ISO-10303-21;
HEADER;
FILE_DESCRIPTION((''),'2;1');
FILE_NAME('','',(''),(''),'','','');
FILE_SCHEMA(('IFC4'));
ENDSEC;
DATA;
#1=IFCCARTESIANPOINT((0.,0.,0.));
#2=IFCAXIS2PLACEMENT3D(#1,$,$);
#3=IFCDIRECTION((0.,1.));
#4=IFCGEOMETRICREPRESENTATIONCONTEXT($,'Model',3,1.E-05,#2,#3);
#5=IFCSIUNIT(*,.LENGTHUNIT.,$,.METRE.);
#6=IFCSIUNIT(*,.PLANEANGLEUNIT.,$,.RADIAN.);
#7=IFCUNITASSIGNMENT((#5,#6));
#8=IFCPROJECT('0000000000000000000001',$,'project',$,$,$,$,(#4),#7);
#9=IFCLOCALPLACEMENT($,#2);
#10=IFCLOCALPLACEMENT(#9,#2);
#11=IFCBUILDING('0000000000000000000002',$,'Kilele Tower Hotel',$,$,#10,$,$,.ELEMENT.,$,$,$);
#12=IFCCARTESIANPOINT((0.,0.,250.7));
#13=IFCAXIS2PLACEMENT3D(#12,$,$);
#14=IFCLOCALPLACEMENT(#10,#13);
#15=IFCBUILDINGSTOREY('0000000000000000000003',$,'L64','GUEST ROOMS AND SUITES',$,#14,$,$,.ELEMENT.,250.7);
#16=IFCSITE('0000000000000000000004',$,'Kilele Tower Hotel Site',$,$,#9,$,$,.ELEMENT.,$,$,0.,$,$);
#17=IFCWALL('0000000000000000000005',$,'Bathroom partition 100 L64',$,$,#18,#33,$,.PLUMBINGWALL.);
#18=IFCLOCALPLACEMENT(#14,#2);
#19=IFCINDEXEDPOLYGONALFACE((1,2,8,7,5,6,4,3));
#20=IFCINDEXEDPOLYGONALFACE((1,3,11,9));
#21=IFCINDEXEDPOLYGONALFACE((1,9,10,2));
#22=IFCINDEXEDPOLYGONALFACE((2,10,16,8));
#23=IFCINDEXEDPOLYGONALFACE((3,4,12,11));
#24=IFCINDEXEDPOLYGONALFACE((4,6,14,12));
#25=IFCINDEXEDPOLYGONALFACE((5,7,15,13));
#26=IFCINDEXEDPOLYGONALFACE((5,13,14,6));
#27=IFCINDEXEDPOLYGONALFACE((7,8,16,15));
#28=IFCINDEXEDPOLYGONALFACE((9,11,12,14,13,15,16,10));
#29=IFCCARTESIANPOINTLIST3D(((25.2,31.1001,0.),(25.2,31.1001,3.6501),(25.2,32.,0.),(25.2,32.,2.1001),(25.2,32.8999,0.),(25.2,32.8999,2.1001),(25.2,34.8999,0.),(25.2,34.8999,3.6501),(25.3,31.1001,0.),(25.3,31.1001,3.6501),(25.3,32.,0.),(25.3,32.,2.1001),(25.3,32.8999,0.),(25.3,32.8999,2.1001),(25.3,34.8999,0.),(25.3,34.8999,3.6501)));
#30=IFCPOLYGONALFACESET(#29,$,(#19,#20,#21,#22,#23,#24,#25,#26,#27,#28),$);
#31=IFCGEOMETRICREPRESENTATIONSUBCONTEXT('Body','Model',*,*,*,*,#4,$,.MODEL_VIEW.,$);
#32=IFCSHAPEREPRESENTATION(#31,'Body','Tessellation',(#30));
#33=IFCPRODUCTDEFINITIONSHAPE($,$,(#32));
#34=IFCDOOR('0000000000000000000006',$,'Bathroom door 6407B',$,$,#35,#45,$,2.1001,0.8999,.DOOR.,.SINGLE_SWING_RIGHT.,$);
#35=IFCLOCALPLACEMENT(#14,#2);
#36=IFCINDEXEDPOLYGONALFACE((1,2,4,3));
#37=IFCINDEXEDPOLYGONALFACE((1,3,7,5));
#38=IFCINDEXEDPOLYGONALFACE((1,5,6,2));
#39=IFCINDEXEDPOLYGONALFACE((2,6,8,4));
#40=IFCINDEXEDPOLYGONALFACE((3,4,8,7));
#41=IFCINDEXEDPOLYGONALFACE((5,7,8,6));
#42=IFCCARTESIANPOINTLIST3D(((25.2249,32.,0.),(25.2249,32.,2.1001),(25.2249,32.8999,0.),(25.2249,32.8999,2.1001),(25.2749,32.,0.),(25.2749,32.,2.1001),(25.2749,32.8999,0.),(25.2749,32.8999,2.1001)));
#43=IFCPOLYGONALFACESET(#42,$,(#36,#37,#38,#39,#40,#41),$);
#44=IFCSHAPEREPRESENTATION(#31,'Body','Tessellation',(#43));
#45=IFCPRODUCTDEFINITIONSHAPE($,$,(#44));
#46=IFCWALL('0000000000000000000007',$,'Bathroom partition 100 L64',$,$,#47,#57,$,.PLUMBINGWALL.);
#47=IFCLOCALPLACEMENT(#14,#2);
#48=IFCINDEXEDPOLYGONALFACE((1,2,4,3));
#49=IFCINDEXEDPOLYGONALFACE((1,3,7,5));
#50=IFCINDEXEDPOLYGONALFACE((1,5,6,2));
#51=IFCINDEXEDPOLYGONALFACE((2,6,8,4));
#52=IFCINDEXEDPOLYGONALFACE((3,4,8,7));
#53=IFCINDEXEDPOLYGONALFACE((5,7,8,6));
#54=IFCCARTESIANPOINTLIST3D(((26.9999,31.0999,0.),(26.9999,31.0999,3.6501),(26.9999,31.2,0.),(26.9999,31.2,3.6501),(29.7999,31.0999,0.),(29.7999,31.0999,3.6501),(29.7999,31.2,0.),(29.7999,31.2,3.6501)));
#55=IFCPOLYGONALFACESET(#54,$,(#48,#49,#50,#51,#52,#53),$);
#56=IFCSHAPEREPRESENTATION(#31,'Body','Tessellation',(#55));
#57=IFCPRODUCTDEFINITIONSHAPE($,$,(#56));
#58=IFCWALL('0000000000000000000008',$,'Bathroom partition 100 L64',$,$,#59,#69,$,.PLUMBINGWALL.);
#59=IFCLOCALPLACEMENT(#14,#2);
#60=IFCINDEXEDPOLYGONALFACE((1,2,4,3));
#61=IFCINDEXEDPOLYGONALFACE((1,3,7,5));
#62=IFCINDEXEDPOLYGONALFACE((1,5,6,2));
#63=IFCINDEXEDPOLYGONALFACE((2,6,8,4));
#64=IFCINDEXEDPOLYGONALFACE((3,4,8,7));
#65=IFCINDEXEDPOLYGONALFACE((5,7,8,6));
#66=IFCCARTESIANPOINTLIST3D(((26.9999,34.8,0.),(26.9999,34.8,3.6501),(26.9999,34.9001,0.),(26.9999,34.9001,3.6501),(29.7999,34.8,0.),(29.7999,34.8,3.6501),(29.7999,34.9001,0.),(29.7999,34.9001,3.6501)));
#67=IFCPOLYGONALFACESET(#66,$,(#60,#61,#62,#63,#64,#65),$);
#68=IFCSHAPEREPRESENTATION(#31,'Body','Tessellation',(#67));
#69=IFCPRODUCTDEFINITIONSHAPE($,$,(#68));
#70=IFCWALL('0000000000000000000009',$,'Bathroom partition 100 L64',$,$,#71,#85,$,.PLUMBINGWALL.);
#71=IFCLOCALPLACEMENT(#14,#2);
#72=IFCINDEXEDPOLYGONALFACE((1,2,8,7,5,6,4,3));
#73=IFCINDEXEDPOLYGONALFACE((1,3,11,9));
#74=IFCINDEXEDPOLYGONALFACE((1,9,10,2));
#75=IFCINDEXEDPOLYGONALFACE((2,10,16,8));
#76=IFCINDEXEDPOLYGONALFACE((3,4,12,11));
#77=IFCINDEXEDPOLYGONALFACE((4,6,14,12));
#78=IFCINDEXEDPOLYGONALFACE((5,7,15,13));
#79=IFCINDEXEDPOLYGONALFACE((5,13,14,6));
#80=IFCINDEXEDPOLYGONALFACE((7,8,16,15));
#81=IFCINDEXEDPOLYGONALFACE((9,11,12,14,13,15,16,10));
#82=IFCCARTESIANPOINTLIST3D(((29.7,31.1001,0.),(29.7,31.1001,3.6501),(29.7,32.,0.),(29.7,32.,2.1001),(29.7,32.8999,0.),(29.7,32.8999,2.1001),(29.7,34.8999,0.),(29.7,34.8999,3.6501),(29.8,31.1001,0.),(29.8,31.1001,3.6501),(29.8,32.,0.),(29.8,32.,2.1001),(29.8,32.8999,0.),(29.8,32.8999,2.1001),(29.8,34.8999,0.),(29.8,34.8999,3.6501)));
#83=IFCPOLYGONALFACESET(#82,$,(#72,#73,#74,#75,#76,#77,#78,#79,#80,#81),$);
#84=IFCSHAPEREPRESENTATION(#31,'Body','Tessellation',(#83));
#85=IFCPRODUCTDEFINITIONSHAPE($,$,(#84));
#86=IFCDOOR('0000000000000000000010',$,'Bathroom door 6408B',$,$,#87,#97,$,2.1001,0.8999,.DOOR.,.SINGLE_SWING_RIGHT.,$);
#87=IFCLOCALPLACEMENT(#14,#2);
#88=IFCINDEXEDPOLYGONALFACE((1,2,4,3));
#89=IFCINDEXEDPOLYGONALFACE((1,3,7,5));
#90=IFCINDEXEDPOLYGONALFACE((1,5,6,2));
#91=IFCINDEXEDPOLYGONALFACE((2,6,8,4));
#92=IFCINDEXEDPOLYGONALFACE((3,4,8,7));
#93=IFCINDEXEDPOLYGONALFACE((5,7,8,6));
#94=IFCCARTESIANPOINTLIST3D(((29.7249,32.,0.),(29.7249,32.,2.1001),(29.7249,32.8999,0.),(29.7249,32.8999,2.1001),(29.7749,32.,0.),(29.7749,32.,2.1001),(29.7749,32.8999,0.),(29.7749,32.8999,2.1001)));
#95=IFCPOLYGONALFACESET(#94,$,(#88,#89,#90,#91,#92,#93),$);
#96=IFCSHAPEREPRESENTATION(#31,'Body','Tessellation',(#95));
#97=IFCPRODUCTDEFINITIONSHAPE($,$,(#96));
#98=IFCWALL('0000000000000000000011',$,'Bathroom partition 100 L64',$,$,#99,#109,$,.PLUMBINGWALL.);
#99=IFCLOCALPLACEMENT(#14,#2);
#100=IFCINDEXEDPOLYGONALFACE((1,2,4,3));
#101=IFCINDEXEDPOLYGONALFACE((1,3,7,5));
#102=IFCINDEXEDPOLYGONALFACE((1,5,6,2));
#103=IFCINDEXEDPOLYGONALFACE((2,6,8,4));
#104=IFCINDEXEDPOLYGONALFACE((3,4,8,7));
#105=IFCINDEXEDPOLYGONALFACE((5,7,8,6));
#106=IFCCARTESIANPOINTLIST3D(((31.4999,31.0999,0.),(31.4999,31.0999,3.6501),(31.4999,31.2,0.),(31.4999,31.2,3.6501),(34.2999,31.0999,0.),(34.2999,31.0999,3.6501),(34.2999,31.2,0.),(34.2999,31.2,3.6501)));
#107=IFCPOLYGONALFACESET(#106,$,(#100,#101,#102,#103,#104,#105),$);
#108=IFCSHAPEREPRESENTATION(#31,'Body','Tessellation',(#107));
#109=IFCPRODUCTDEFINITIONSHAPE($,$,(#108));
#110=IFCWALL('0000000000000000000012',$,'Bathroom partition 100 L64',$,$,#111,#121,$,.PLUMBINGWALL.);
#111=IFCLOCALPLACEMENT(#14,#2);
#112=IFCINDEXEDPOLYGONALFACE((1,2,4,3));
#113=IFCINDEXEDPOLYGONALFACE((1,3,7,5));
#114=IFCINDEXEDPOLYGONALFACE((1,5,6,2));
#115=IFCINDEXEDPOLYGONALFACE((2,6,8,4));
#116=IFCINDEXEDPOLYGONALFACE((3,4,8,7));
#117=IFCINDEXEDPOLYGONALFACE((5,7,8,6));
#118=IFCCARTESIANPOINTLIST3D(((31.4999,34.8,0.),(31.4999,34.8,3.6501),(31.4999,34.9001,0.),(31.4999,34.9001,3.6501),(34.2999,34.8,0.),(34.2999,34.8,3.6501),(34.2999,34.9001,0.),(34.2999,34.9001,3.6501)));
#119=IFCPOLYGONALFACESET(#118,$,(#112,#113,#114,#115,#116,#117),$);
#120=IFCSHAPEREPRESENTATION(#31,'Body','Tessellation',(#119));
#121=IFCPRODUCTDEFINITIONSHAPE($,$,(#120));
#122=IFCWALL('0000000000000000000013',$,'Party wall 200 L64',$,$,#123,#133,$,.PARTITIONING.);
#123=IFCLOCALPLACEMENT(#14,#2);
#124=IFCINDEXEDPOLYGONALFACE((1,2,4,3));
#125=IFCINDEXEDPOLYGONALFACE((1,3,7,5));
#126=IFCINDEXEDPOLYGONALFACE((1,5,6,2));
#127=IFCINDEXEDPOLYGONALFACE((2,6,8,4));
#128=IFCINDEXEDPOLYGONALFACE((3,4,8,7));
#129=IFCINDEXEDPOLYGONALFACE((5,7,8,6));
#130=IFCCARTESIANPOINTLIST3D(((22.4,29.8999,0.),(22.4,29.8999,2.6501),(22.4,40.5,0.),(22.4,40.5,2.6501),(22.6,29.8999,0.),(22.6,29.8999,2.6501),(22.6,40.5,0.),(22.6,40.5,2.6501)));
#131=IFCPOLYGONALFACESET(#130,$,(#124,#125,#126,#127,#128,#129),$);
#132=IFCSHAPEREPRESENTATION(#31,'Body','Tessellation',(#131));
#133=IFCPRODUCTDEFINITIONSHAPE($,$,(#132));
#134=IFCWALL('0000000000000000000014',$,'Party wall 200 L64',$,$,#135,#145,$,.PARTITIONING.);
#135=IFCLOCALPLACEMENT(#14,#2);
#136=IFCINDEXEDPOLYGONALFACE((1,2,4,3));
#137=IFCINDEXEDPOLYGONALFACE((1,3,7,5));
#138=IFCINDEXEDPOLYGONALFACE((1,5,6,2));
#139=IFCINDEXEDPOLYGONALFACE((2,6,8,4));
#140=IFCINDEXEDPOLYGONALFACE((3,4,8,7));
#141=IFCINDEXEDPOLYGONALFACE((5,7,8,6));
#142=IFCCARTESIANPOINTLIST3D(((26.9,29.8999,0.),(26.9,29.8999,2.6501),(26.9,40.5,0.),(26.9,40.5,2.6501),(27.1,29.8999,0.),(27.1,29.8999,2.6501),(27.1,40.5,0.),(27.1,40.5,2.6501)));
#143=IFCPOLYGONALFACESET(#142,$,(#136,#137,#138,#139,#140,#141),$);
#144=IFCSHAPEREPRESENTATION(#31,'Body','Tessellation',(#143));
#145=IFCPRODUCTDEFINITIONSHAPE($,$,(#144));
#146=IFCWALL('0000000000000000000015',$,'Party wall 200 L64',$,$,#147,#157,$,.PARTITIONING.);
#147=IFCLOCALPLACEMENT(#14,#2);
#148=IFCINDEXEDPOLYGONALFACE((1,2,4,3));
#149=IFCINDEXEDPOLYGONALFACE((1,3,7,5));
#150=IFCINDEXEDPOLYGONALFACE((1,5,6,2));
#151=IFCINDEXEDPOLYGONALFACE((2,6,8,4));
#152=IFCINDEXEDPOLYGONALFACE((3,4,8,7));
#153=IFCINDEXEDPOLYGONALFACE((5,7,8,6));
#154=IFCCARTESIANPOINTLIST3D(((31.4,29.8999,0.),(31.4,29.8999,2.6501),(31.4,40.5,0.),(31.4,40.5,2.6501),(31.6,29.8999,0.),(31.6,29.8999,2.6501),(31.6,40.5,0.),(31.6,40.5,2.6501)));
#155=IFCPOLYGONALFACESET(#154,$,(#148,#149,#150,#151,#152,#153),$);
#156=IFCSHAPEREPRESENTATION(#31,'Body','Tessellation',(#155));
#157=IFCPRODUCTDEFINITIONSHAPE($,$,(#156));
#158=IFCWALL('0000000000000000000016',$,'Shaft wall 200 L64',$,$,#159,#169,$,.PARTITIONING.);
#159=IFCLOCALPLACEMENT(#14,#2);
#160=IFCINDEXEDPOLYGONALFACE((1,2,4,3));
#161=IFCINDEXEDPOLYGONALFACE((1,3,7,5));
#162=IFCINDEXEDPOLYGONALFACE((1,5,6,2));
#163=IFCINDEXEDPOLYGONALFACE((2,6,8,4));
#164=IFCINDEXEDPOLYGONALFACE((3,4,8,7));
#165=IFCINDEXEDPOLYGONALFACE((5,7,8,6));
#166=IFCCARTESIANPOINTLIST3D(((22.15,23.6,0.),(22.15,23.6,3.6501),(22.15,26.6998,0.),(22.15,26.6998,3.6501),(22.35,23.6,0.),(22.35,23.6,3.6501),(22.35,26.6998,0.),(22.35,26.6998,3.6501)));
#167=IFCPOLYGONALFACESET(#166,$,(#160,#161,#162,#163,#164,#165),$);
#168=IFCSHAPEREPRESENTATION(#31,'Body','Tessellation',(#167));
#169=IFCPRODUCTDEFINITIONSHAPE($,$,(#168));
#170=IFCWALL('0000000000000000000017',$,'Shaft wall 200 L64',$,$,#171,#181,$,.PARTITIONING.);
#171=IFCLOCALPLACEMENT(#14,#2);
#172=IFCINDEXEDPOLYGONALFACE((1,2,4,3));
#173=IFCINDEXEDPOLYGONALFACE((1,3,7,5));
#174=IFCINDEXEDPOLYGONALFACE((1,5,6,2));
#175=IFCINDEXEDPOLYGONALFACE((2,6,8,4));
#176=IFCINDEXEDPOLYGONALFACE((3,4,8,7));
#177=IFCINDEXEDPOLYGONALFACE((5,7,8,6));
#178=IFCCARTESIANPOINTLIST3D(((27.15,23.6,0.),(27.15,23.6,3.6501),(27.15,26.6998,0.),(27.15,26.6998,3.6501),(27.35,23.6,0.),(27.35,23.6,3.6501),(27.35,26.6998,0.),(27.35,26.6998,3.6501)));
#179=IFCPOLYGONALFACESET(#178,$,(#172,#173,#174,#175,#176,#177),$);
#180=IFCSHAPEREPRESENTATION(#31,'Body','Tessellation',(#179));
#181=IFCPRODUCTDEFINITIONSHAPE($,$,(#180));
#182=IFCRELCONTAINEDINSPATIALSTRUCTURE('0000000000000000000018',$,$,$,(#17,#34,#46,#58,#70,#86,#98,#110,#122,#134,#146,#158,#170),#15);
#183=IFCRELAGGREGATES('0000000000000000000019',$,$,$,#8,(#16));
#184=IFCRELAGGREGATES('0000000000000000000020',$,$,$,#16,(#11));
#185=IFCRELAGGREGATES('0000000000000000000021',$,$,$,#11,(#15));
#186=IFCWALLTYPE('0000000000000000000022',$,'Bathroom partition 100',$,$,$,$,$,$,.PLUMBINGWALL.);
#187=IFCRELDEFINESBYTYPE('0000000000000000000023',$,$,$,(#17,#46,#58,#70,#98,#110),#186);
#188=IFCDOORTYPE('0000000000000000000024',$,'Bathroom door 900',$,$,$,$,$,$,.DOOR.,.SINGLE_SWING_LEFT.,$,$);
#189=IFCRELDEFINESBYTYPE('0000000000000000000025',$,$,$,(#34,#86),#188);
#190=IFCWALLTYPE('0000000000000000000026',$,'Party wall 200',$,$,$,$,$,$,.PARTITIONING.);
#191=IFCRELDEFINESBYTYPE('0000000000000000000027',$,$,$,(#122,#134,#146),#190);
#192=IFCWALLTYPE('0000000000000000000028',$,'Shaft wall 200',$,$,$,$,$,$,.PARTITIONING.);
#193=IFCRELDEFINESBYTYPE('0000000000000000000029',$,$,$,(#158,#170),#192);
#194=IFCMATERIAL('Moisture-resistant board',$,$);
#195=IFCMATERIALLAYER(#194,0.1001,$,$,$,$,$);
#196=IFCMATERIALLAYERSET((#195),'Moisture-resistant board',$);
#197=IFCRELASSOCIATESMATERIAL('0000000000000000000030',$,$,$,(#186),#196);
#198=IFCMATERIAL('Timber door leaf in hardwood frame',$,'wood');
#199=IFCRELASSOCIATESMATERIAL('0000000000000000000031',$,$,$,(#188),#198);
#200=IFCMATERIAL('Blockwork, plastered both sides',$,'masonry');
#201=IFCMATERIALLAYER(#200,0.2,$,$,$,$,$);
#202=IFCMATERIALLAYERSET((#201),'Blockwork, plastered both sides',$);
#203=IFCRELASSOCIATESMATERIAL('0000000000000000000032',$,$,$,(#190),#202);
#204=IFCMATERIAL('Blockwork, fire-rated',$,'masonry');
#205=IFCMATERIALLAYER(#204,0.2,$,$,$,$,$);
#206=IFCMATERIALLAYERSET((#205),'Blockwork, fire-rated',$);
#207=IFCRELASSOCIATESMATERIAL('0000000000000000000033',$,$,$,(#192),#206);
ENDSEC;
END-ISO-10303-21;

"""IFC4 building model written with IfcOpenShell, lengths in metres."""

from ifc_helpers import new_model, si_unit, direction, frame, frame_2d, origin, place, context, subcontext, project, spatial, rectangle, extrude, material, layer, layer_set, type_object, element, fill, save


model = new_model("IFC4")

# Units and contexts
model_context = context("Model", 3, precision=1e-05, world=origin(), true_north=direction((0.0, 1.0)))
body_context = subcontext(model_context, "Body", "Model", "MODEL_VIEW")
ifc_project = project(units=[si_unit("LENGTHUNIT", "METRE"), si_unit("PLANEANGLEUNIT", "RADIAN")], contexts=[model_context])

# Site, building, storey
site_placement = place(None, origin())
site = spatial("IfcSite", under=ifc_project, at=site_placement, Name="Kilele Tower Hotel Site", CompositionType="ELEMENT", RefElevation=0.0)
building_placement = place(site_placement, origin())
building = spatial("IfcBuilding", under=site, at=building_placement, Name="Kilele Tower Hotel", CompositionType="ELEMENT")
storey_placement = place(building_placement, frame((0.0, 0.0, 250.7)))
storey = spatial("IfcBuildingStorey", under=building, at=storey_placement, Name="L64", Description="GUEST ROOMS AND SUITES", CompositionType="ELEMENT", Elevation=250.7)

# Shared definitions
ifc_material_1 = material(Name="Moisture-resistant board")
ifc_layer_1 = layer(ifc_material_1, 0.1001)
ifc_layer_set_1 = layer_set([ifc_layer_1], Name="Moisture-resistant board")
wall_type_1 = type_object("IfcWallType", Name="Bathroom partition 100", PredefinedType="PLUMBINGWALL", material=ifc_layer_set_1)
ifc_material_2 = material(Name="Timber door leaf in hardwood frame", Category="wood")
door_type = type_object("IfcDoorType", Name="Bathroom door 900", OperationType="SINGLE_SWING_LEFT", PredefinedType="DOOR", material=ifc_material_2)

# Wall, opening, door
wall_1_placement = place(storey_placement, frame((25.25, 31.1001, 0.0), z_axis=(0.0, 0.0, 1.0), x_axis=(0.0, 1.0, 0.0)))
wall_1 = element("IfcWall", 1, at=wall_1_placement, inside=storey, type_object=wall_type_1, Name="Bathroom partition 100 L64", PredefinedType="PLUMBINGWALL", context=body_context, shape_type="SweptSolid", body=[
    extrude(rectangle(XDim=3.7998, YDim=0.1001, at=frame_2d((1.8999, 0.0))), origin(), (0.0, 0.0, 1.0), 3.6501),
])
opening_1_placement = place(wall_1_placement, frame((1.7998, 0.0, 0.0), z_axis=(0.0, 0.0, 1.0), x_axis=(-1.0, 0.0, 0.0)))
opening_1 = element("IfcOpeningElement", 2, at=opening_1_placement, cuts=wall_1, PredefinedType="OPENING", context=body_context, shape_type="SweptSolid", body=[
    extrude(rectangle(XDim=0.8999, YDim=2.1001, at=frame_2d((0.45, 1.05))), frame((0.0, 0.0601, 0.0), z_axis=(0.0, -1.0, 0.0), x_axis=(1.0, 0.0, 0.0)), (0.0, 0.0, 1.0), 0.1201),
])
door_1_placement = place(opening_1_placement, origin())
door_1 = element("IfcDoor", 3, at=door_1_placement, inside=storey, type_object=door_type, Name="Bathroom door 6407B", OperationType="SINGLE_SWING_RIGHT", OverallHeight=2.1001, OverallWidth=0.8999, PredefinedType="DOOR", context=body_context, shape_type="SweptSolid", body=[
    extrude(rectangle(XDim=0.8999, YDim=2.1001, at=frame_2d((0.45, 1.05))), frame((0.0, 0.0249, 0.0), z_axis=(0.0, -1.0, 0.0), x_axis=(1.0, 0.0, 0.0)), (0.0, 0.0, 1.0), 0.05),
])
fill(opening_1, door_1)

# Walls
for number, where, z_axis, x_axis, name in (
    (4, (27.0, 31.1499, 0.0), (0.0, 0.0, 1.0), (1.0, 0.0, 0.0), "Bathroom partition 100 L64"),
    (5, (27.0, 34.8501, 0.0), (0.0, 0.0, 1.0), (1.0, 0.0, 0.0), "Bathroom partition 100 L64"),
):
    element("IfcWall", number, at=place(storey_placement, frame(where, z_axis=z_axis, x_axis=x_axis)), inside=storey, type_object=wall_type_1, Name=name, PredefinedType="PLUMBINGWALL", context=body_context, shape_type="SweptSolid", body=[
        extrude(rectangle(XDim=2.8, YDim=0.1001, at=frame_2d((1.3999, 0.0))), origin(), (0.0, 0.0, 1.0), 3.6501),
    ])

# Wall, opening, door
wall_2_placement = place(storey_placement, frame((29.75, 31.1001, 0.0), z_axis=(0.0, 0.0, 1.0), x_axis=(0.0, 1.0, 0.0)))
wall_2 = element("IfcWall", 6, at=wall_2_placement, inside=storey, type_object=wall_type_1, Name="Bathroom partition 100 L64", PredefinedType="PLUMBINGWALL", context=body_context, shape_type="SweptSolid", body=[
    extrude(rectangle(XDim=3.7998, YDim=0.1001, at=frame_2d((1.8999, 0.0))), origin(), (0.0, 0.0, 1.0), 3.6501),
])
opening_2_placement = place(wall_2_placement, frame((1.7998, 0.0, 0.0), z_axis=(0.0, 0.0, 1.0), x_axis=(-1.0, 0.0, 0.0)))
opening_2 = element("IfcOpeningElement", 7, at=opening_2_placement, cuts=wall_2, PredefinedType="OPENING", context=body_context, shape_type="SweptSolid", body=[
    extrude(rectangle(XDim=0.8999, YDim=2.1001, at=frame_2d((0.45, 1.05))), frame((0.0, 0.0601, 0.0), z_axis=(0.0, -1.0, 0.0), x_axis=(1.0, 0.0, 0.0)), (0.0, 0.0, 1.0), 0.1201),
])
door_2_placement = place(opening_2_placement, origin())
door_2 = element("IfcDoor", 8, at=door_2_placement, inside=storey, type_object=door_type, Name="Bathroom door 6408B", OperationType="SINGLE_SWING_RIGHT", OverallHeight=2.1001, OverallWidth=0.8999, PredefinedType="DOOR", context=body_context, shape_type="SweptSolid", body=[
    extrude(rectangle(XDim=0.8999, YDim=2.1001, at=frame_2d((0.45, 1.05))), frame((0.0, 0.0249, 0.0), z_axis=(0.0, -1.0, 0.0), x_axis=(1.0, 0.0, 0.0)), (0.0, 0.0, 1.0), 0.05),
])
fill(opening_2, door_2)

# Walls
for number, where, z_axis, x_axis, name in (
    (9, (31.5, 31.1499, 0.0), (0.0, 0.0, 1.0), (1.0, 0.0, 0.0), "Bathroom partition 100 L64"),
    (10, (31.5, 34.8501, 0.0), (0.0, 0.0, 1.0), (1.0, 0.0, 0.0), "Bathroom partition 100 L64"),
):
    element("IfcWall", number, at=place(storey_placement, frame(where, z_axis=z_axis, x_axis=x_axis)), inside=storey, type_object=wall_type_1, Name=name, PredefinedType="PLUMBINGWALL", context=body_context, shape_type="SweptSolid", body=[
        extrude(rectangle(XDim=2.8, YDim=0.1001, at=frame_2d((1.3999, 0.0))), origin(), (0.0, 0.0, 1.0), 3.6501),
    ])
ifc_material_3 = material(Name="Blockwork, plastered both sides", Category="masonry")
ifc_layer_2 = layer(ifc_material_3, 0.2)
ifc_layer_set_2 = layer_set([ifc_layer_2], Name="Blockwork, plastered both sides")
wall_type_2 = type_object("IfcWallType", Name="Party wall 200", PredefinedType="PARTITIONING", material=ifc_layer_set_2)
for number, where, z_axis, x_axis, name in (
    (11, (22.5, 29.8999, 0.0), (0.0, 0.0, 1.0), (0.0, 1.0, 0.0), "Party wall 200 L64"),
    (12, (27.0, 29.8999, 0.0), (0.0, 0.0, 1.0), (0.0, 1.0, 0.0), "Party wall 200 L64"),
    (13, (31.5, 29.8999, 0.0), (0.0, 0.0, 1.0), (0.0, 1.0, 0.0), "Party wall 200 L64"),
):
    element("IfcWall", number, at=place(storey_placement, frame(where, z_axis=z_axis, x_axis=x_axis)), inside=storey, type_object=wall_type_2, Name=name, PredefinedType="PARTITIONING", context=body_context, shape_type="SweptSolid", body=[
        extrude(rectangle(XDim=10.6001, YDim=0.2, at=frame_2d((5.3, 0.0))), origin(), (0.0, 0.0, 1.0), 2.6501),
    ])
ifc_material_4 = material(Name="Blockwork, fire-rated", Category="masonry")
ifc_layer_3 = layer(ifc_material_4, 0.2)
ifc_layer_set_3 = layer_set([ifc_layer_3], Name="Blockwork, fire-rated")
wall_type_3 = type_object("IfcWallType", Name="Shaft wall 200", PredefinedType="PARTITIONING", material=ifc_layer_set_3)
for number, where, z_axis, x_axis, name in (
    (14, (22.25, 23.6001, 0.0), (0.0, 0.0, 1.0), (0.0, 1.0, 0.0), "Shaft wall 200 L64"),
    (15, (27.25, 23.6001, 0.0), (0.0, 0.0, 1.0), (0.0, 1.0, 0.0), "Shaft wall 200 L64"),
):
    element("IfcWall", number, at=place(storey_placement, frame(where, z_axis=z_axis, x_axis=x_axis)), inside=storey, type_object=wall_type_3, Name=name, PredefinedType="PARTITIONING", context=body_context, shape_type="SweptSolid", body=[
        extrude(rectangle(XDim=3.0999, YDim=0.2, at=frame_2d((1.5498, 0.0))), origin(), (0.0, 0.0, 1.0), 3.6501),
    ])

save(model, "model.ifc")
